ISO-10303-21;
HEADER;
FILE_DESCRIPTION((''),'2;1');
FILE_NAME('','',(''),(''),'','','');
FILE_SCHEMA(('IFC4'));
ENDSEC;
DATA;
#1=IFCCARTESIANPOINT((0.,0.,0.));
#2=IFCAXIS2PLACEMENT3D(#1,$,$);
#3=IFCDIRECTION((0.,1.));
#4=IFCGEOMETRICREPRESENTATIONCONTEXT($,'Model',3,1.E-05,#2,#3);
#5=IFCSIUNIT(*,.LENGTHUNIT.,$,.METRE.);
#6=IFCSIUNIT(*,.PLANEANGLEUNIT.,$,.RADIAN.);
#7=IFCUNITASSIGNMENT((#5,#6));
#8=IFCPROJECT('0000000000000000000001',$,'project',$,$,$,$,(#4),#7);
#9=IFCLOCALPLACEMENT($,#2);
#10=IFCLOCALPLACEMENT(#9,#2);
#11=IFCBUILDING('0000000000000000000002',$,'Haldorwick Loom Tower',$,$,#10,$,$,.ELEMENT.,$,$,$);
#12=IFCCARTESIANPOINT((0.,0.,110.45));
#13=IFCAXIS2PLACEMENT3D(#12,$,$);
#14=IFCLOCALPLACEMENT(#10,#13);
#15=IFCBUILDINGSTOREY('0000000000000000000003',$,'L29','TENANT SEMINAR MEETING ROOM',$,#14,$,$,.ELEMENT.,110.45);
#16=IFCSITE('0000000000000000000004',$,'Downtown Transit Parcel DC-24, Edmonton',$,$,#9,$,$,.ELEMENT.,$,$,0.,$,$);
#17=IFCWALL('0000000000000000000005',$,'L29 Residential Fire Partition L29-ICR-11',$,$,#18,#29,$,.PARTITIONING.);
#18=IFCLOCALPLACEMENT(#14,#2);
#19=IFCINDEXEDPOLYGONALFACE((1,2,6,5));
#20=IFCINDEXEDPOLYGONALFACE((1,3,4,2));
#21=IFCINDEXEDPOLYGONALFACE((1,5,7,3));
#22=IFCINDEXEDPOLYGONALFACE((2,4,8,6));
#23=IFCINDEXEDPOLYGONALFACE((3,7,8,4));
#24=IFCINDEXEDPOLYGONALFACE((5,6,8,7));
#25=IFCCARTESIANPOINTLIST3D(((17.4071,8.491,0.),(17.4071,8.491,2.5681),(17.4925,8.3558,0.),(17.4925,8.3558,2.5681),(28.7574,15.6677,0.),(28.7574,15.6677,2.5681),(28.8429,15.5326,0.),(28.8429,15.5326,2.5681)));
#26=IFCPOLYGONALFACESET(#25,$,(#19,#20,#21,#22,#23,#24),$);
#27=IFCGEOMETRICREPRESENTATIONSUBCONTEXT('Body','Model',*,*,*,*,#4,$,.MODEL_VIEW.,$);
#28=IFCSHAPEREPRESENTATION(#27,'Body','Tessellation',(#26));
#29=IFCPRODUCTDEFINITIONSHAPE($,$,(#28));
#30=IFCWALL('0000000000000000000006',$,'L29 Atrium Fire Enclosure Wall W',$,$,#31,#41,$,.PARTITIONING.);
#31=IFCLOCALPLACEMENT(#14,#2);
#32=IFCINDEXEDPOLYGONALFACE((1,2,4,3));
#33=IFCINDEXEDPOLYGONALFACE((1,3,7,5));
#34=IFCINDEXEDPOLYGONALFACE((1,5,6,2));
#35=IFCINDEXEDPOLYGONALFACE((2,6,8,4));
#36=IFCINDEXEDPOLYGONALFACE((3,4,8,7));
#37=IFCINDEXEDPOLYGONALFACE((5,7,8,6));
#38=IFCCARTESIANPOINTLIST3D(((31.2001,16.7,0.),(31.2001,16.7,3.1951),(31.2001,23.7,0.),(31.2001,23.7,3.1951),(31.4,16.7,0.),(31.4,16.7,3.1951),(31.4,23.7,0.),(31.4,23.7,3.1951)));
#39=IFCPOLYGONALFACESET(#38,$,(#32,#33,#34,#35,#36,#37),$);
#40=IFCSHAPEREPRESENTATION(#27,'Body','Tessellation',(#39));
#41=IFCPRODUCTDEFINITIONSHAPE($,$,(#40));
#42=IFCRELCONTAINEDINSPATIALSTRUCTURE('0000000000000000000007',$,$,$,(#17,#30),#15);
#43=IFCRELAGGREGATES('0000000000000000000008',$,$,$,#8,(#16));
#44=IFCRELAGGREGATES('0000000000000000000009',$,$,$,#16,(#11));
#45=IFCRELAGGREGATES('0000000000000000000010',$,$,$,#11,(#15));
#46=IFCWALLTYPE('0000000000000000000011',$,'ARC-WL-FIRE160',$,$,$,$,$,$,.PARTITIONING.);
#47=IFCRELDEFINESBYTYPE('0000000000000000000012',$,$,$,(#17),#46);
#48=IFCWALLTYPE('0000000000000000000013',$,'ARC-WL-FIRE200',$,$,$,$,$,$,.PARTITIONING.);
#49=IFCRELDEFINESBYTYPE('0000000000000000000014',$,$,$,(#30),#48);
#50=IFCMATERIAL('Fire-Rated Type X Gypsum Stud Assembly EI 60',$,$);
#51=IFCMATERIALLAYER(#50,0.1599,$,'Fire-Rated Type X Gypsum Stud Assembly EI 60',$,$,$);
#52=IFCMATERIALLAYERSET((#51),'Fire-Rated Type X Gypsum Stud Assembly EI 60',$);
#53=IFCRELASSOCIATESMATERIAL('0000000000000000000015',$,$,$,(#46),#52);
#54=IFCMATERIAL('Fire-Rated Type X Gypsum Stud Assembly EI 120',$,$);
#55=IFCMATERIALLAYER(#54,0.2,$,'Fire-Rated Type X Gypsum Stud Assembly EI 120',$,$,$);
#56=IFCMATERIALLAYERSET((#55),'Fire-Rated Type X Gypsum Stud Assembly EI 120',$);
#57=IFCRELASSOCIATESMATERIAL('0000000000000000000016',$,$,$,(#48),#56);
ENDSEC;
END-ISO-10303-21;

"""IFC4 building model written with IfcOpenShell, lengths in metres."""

from ifc_helpers import new_model, si_unit, direction, frame, frame_2d, origin, place, context, subcontext, project, spatial, rectangle, extrude, material, layer, layer_set, type_object, element, save


model = new_model("IFC4")

# Units and contexts
model_context = context("Model", 3, precision=1e-05, world=origin(), true_north=direction((0.0, 1.0)))
body_context = subcontext(model_context, "Body", "Model", "MODEL_VIEW")
ifc_project = project(units=[si_unit("LENGTHUNIT", "METRE"), si_unit("PLANEANGLEUNIT", "RADIAN")], contexts=[model_context])

# Site, building, storey
site_placement = place(None, origin())
site = spatial("IfcSite", under=ifc_project, at=site_placement, Name="Downtown Transit Parcel DC-24, Edmonton", CompositionType="ELEMENT", RefElevation=0.0)
building_placement = place(site_placement, origin())
building = spatial("IfcBuilding", under=site, at=building_placement, Name="Haldorwick Loom Tower", CompositionType="ELEMENT")
storey_placement = place(building_placement, frame((0.0, 0.0, 110.45)))
storey = spatial("IfcBuildingStorey", under=building, at=storey_placement, Name="L29", Description="TENANT SEMINAR MEETING ROOM", CompositionType="ELEMENT", Elevation=110.45)

# Walls
ifc_material_1 = material(Name="Fire-Rated Type X Gypsum Stud Assembly EI 60")
ifc_layer_1 = layer(ifc_material_1, 0.1599, Name="Fire-Rated Type X Gypsum Stud Assembly EI 60")
ifc_layer_set_1 = layer_set([ifc_layer_1], Name="Fire-Rated Type X Gypsum Stud Assembly EI 60")
wall_type_1 = type_object("IfcWallType", Name="ARC-WL-FIRE160", PredefinedType="PARTITIONING", material=ifc_layer_set_1)
wall_1_placement = place(storey_placement, frame((28.8, 15.6001, 0.0), z_axis=(0.0, 0.0, 1.0), x_axis=(-0.845216, -0.534425, 0.0)))
element("IfcWall", 1, at=wall_1_placement, inside=storey, type_object=wall_type_1, Name="L29 Residential Fire Partition L29-ICR-11", PredefinedType="PARTITIONING", context=body_context, shape_type="SweptSolid", body=[
    extrude(rectangle(XDim=13.429, YDim=0.1599, at=frame_2d((6.7144, 0.0))), origin(), (0.0, 0.0, 1.0), 2.5681),
])
ifc_material_2 = material(Name="Fire-Rated Type X Gypsum Stud Assembly EI 120")
ifc_layer_2 = layer(ifc_material_2, 0.2, Name="Fire-Rated Type X Gypsum Stud Assembly EI 120")
ifc_layer_set_2 = layer_set([ifc_layer_2], Name="Fire-Rated Type X Gypsum Stud Assembly EI 120")
wall_type_2 = type_object("IfcWallType", Name="ARC-WL-FIRE200", PredefinedType="PARTITIONING", material=ifc_layer_set_2)
wall_2_placement = place(storey_placement, frame((31.3, 16.7, 0.0), z_axis=(0.0, 0.0, 1.0), x_axis=(0.0, 1.0, 0.0)))
element("IfcWall", 2, at=wall_2_placement, inside=storey, type_object=wall_type_2, Name="L29 Atrium Fire Enclosure Wall W", PredefinedType="PARTITIONING", context=body_context, shape_type="SweptSolid", body=[
    extrude(rectangle(XDim=7.0, YDim=0.2, at=frame_2d((3.5, 0.0))), origin(), (0.0, 0.0, 1.0), 3.1951),
])

save(model, "model.ifc")
